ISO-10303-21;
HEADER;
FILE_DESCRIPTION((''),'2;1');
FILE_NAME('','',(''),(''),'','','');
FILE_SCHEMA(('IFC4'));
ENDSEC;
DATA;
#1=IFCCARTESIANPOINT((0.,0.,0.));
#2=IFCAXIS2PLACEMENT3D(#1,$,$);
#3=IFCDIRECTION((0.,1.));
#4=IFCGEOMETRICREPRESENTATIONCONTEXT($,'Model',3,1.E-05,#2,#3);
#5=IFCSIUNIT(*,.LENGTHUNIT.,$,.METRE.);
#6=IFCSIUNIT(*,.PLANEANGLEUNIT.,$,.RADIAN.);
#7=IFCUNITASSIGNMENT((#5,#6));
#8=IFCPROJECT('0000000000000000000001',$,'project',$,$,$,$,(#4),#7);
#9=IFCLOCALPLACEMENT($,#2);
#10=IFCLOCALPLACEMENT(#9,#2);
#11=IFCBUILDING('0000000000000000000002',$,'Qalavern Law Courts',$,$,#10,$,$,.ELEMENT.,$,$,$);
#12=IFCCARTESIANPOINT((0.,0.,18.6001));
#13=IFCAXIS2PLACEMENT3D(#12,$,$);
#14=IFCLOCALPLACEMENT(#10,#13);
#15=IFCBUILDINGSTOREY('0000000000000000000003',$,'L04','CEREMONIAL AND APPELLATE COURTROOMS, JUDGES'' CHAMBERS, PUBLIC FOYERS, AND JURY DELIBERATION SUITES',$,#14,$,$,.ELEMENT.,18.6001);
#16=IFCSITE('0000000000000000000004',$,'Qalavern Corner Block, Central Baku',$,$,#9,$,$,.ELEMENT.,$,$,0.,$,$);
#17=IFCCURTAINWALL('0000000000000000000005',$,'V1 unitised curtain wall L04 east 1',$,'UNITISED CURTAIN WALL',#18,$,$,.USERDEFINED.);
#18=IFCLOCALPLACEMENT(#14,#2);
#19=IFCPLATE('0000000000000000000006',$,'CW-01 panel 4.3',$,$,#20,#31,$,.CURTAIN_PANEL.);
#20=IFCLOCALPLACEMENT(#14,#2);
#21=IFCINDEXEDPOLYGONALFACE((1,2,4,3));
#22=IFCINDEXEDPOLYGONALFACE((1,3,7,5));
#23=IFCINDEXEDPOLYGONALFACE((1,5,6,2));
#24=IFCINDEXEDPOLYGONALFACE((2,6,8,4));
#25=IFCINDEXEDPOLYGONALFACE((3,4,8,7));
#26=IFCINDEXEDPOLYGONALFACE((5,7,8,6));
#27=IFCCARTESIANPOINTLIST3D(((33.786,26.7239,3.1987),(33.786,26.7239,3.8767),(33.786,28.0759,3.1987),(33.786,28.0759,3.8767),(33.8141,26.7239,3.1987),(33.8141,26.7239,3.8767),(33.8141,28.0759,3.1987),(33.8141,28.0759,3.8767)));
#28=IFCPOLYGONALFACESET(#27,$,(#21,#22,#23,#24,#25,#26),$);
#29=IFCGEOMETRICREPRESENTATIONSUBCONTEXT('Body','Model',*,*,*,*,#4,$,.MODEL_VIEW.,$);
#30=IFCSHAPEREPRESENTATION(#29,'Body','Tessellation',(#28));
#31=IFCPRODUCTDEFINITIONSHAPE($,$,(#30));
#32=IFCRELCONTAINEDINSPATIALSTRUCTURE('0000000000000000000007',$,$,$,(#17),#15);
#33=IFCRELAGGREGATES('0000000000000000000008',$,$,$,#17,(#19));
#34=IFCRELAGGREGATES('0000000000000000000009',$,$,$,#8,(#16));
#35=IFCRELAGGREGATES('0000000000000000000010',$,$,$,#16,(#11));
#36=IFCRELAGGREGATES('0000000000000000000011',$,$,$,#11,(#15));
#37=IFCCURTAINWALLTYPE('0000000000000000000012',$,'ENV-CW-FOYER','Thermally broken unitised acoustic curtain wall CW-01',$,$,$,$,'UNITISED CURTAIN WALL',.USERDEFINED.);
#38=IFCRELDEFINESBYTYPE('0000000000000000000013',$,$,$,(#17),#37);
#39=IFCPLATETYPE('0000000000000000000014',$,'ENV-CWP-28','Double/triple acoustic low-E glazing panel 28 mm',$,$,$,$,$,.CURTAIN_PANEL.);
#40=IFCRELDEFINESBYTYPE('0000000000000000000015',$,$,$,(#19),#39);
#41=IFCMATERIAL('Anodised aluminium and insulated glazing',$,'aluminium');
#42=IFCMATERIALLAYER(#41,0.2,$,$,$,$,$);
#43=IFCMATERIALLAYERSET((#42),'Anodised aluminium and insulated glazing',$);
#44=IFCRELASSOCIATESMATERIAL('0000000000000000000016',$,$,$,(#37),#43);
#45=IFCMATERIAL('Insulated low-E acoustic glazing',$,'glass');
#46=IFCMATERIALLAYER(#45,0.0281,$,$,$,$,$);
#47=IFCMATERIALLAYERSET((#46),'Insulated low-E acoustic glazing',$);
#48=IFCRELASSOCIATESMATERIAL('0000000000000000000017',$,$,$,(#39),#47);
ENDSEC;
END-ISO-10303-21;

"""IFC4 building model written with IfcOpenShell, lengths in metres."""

from ifc_helpers import new_model, si_unit, direction, frame, origin, origin_2d, place, context, subcontext, project, spatial, rectangle, extrude, material, layer, layer_set, type_object, element, aggregate, save


model = new_model("IFC4")

# Units and contexts
model_context = context("Model", 3, precision=1e-05, world=origin(), true_north=direction((0.0, 1.0)))
body_context = subcontext(model_context, "Body", "Model", "MODEL_VIEW")
ifc_project = project(units=[si_unit("LENGTHUNIT", "METRE"), si_unit("PLANEANGLEUNIT", "RADIAN")], contexts=[model_context])

# Site, building, storey
site_placement = place(None, origin())
site = spatial("IfcSite", under=ifc_project, at=site_placement, Name="Qalavern Corner Block, Central Baku", CompositionType="ELEMENT", RefElevation=0.0)
building_placement = place(site_placement, origin())
building = spatial("IfcBuilding", under=site, at=building_placement, Name="Qalavern Law Courts", CompositionType="ELEMENT")
storey_placement = place(building_placement, frame((0.0, 0.0, 18.6001)))
storey = spatial("IfcBuildingStorey", under=building, at=storey_placement, Name="L04", Description="CEREMONIAL AND APPELLATE COURTROOMS, JUDGES' CHAMBERS, PUBLIC FOYERS, AND JURY DELIBERATION SUITES", CompositionType="ELEMENT", Elevation=18.6001)

# Curtain wall
ifc_material_1 = material(Name="Anodised aluminium and insulated glazing", Category="aluminium")
ifc_layer_1 = layer(ifc_material_1, 0.2)
ifc_layer_set_1 = layer_set([ifc_layer_1], Name="Anodised aluminium and insulated glazing")
curtain_wall_type = type_object("IfcCurtainWallType", Name="ENV-CW-FOYER", Description="Thermally broken unitised acoustic curtain wall CW-01", ElementType="UNITISED CURTAIN WALL", PredefinedType="USERDEFINED", material=ifc_layer_set_1)
curtain_wall_placement = place(storey_placement, origin())
curtain_wall = element("IfcCurtainWall", 1, at=curtain_wall_placement, inside=storey, type_object=curtain_wall_type, Name="V1 unitised curtain wall L04 east 1", ObjectType="UNITISED CURTAIN WALL", PredefinedType="USERDEFINED")

# Plate
ifc_material_2 = material(Name="Insulated low-E acoustic glazing", Category="glass")
ifc_layer_2 = layer(ifc_material_2, 0.0281)
ifc_layer_set_2 = layer_set([ifc_layer_2], Name="Insulated low-E acoustic glazing")
plate_type = type_object("IfcPlateType", Name="ENV-CWP-28", Description="Double/triple acoustic low-E glazing panel 28 mm", PredefinedType="CURTAIN_PANEL", material=ifc_layer_set_2)
plate_1_placement = place(storey_placement, frame((33.8, 27.3999, 3.1987), z_axis=(0.0, 0.0, 1.0), x_axis=(0.0, 1.0, 0.0)))
plate_1 = element("IfcPlate", 2, at=plate_1_placement, type_object=plate_type, Name="CW-01 panel 4.3", PredefinedType="CURTAIN_PANEL", context=body_context, shape_type="SweptSolid", body=[
    extrude(rectangle(XDim=1.3521, YDim=0.0281, at=origin_2d()), origin(), (0.0, 0.0, 1.0), 0.678),
])
aggregate(curtain_wall, [plate_1])

save(model, "model.ifc")
